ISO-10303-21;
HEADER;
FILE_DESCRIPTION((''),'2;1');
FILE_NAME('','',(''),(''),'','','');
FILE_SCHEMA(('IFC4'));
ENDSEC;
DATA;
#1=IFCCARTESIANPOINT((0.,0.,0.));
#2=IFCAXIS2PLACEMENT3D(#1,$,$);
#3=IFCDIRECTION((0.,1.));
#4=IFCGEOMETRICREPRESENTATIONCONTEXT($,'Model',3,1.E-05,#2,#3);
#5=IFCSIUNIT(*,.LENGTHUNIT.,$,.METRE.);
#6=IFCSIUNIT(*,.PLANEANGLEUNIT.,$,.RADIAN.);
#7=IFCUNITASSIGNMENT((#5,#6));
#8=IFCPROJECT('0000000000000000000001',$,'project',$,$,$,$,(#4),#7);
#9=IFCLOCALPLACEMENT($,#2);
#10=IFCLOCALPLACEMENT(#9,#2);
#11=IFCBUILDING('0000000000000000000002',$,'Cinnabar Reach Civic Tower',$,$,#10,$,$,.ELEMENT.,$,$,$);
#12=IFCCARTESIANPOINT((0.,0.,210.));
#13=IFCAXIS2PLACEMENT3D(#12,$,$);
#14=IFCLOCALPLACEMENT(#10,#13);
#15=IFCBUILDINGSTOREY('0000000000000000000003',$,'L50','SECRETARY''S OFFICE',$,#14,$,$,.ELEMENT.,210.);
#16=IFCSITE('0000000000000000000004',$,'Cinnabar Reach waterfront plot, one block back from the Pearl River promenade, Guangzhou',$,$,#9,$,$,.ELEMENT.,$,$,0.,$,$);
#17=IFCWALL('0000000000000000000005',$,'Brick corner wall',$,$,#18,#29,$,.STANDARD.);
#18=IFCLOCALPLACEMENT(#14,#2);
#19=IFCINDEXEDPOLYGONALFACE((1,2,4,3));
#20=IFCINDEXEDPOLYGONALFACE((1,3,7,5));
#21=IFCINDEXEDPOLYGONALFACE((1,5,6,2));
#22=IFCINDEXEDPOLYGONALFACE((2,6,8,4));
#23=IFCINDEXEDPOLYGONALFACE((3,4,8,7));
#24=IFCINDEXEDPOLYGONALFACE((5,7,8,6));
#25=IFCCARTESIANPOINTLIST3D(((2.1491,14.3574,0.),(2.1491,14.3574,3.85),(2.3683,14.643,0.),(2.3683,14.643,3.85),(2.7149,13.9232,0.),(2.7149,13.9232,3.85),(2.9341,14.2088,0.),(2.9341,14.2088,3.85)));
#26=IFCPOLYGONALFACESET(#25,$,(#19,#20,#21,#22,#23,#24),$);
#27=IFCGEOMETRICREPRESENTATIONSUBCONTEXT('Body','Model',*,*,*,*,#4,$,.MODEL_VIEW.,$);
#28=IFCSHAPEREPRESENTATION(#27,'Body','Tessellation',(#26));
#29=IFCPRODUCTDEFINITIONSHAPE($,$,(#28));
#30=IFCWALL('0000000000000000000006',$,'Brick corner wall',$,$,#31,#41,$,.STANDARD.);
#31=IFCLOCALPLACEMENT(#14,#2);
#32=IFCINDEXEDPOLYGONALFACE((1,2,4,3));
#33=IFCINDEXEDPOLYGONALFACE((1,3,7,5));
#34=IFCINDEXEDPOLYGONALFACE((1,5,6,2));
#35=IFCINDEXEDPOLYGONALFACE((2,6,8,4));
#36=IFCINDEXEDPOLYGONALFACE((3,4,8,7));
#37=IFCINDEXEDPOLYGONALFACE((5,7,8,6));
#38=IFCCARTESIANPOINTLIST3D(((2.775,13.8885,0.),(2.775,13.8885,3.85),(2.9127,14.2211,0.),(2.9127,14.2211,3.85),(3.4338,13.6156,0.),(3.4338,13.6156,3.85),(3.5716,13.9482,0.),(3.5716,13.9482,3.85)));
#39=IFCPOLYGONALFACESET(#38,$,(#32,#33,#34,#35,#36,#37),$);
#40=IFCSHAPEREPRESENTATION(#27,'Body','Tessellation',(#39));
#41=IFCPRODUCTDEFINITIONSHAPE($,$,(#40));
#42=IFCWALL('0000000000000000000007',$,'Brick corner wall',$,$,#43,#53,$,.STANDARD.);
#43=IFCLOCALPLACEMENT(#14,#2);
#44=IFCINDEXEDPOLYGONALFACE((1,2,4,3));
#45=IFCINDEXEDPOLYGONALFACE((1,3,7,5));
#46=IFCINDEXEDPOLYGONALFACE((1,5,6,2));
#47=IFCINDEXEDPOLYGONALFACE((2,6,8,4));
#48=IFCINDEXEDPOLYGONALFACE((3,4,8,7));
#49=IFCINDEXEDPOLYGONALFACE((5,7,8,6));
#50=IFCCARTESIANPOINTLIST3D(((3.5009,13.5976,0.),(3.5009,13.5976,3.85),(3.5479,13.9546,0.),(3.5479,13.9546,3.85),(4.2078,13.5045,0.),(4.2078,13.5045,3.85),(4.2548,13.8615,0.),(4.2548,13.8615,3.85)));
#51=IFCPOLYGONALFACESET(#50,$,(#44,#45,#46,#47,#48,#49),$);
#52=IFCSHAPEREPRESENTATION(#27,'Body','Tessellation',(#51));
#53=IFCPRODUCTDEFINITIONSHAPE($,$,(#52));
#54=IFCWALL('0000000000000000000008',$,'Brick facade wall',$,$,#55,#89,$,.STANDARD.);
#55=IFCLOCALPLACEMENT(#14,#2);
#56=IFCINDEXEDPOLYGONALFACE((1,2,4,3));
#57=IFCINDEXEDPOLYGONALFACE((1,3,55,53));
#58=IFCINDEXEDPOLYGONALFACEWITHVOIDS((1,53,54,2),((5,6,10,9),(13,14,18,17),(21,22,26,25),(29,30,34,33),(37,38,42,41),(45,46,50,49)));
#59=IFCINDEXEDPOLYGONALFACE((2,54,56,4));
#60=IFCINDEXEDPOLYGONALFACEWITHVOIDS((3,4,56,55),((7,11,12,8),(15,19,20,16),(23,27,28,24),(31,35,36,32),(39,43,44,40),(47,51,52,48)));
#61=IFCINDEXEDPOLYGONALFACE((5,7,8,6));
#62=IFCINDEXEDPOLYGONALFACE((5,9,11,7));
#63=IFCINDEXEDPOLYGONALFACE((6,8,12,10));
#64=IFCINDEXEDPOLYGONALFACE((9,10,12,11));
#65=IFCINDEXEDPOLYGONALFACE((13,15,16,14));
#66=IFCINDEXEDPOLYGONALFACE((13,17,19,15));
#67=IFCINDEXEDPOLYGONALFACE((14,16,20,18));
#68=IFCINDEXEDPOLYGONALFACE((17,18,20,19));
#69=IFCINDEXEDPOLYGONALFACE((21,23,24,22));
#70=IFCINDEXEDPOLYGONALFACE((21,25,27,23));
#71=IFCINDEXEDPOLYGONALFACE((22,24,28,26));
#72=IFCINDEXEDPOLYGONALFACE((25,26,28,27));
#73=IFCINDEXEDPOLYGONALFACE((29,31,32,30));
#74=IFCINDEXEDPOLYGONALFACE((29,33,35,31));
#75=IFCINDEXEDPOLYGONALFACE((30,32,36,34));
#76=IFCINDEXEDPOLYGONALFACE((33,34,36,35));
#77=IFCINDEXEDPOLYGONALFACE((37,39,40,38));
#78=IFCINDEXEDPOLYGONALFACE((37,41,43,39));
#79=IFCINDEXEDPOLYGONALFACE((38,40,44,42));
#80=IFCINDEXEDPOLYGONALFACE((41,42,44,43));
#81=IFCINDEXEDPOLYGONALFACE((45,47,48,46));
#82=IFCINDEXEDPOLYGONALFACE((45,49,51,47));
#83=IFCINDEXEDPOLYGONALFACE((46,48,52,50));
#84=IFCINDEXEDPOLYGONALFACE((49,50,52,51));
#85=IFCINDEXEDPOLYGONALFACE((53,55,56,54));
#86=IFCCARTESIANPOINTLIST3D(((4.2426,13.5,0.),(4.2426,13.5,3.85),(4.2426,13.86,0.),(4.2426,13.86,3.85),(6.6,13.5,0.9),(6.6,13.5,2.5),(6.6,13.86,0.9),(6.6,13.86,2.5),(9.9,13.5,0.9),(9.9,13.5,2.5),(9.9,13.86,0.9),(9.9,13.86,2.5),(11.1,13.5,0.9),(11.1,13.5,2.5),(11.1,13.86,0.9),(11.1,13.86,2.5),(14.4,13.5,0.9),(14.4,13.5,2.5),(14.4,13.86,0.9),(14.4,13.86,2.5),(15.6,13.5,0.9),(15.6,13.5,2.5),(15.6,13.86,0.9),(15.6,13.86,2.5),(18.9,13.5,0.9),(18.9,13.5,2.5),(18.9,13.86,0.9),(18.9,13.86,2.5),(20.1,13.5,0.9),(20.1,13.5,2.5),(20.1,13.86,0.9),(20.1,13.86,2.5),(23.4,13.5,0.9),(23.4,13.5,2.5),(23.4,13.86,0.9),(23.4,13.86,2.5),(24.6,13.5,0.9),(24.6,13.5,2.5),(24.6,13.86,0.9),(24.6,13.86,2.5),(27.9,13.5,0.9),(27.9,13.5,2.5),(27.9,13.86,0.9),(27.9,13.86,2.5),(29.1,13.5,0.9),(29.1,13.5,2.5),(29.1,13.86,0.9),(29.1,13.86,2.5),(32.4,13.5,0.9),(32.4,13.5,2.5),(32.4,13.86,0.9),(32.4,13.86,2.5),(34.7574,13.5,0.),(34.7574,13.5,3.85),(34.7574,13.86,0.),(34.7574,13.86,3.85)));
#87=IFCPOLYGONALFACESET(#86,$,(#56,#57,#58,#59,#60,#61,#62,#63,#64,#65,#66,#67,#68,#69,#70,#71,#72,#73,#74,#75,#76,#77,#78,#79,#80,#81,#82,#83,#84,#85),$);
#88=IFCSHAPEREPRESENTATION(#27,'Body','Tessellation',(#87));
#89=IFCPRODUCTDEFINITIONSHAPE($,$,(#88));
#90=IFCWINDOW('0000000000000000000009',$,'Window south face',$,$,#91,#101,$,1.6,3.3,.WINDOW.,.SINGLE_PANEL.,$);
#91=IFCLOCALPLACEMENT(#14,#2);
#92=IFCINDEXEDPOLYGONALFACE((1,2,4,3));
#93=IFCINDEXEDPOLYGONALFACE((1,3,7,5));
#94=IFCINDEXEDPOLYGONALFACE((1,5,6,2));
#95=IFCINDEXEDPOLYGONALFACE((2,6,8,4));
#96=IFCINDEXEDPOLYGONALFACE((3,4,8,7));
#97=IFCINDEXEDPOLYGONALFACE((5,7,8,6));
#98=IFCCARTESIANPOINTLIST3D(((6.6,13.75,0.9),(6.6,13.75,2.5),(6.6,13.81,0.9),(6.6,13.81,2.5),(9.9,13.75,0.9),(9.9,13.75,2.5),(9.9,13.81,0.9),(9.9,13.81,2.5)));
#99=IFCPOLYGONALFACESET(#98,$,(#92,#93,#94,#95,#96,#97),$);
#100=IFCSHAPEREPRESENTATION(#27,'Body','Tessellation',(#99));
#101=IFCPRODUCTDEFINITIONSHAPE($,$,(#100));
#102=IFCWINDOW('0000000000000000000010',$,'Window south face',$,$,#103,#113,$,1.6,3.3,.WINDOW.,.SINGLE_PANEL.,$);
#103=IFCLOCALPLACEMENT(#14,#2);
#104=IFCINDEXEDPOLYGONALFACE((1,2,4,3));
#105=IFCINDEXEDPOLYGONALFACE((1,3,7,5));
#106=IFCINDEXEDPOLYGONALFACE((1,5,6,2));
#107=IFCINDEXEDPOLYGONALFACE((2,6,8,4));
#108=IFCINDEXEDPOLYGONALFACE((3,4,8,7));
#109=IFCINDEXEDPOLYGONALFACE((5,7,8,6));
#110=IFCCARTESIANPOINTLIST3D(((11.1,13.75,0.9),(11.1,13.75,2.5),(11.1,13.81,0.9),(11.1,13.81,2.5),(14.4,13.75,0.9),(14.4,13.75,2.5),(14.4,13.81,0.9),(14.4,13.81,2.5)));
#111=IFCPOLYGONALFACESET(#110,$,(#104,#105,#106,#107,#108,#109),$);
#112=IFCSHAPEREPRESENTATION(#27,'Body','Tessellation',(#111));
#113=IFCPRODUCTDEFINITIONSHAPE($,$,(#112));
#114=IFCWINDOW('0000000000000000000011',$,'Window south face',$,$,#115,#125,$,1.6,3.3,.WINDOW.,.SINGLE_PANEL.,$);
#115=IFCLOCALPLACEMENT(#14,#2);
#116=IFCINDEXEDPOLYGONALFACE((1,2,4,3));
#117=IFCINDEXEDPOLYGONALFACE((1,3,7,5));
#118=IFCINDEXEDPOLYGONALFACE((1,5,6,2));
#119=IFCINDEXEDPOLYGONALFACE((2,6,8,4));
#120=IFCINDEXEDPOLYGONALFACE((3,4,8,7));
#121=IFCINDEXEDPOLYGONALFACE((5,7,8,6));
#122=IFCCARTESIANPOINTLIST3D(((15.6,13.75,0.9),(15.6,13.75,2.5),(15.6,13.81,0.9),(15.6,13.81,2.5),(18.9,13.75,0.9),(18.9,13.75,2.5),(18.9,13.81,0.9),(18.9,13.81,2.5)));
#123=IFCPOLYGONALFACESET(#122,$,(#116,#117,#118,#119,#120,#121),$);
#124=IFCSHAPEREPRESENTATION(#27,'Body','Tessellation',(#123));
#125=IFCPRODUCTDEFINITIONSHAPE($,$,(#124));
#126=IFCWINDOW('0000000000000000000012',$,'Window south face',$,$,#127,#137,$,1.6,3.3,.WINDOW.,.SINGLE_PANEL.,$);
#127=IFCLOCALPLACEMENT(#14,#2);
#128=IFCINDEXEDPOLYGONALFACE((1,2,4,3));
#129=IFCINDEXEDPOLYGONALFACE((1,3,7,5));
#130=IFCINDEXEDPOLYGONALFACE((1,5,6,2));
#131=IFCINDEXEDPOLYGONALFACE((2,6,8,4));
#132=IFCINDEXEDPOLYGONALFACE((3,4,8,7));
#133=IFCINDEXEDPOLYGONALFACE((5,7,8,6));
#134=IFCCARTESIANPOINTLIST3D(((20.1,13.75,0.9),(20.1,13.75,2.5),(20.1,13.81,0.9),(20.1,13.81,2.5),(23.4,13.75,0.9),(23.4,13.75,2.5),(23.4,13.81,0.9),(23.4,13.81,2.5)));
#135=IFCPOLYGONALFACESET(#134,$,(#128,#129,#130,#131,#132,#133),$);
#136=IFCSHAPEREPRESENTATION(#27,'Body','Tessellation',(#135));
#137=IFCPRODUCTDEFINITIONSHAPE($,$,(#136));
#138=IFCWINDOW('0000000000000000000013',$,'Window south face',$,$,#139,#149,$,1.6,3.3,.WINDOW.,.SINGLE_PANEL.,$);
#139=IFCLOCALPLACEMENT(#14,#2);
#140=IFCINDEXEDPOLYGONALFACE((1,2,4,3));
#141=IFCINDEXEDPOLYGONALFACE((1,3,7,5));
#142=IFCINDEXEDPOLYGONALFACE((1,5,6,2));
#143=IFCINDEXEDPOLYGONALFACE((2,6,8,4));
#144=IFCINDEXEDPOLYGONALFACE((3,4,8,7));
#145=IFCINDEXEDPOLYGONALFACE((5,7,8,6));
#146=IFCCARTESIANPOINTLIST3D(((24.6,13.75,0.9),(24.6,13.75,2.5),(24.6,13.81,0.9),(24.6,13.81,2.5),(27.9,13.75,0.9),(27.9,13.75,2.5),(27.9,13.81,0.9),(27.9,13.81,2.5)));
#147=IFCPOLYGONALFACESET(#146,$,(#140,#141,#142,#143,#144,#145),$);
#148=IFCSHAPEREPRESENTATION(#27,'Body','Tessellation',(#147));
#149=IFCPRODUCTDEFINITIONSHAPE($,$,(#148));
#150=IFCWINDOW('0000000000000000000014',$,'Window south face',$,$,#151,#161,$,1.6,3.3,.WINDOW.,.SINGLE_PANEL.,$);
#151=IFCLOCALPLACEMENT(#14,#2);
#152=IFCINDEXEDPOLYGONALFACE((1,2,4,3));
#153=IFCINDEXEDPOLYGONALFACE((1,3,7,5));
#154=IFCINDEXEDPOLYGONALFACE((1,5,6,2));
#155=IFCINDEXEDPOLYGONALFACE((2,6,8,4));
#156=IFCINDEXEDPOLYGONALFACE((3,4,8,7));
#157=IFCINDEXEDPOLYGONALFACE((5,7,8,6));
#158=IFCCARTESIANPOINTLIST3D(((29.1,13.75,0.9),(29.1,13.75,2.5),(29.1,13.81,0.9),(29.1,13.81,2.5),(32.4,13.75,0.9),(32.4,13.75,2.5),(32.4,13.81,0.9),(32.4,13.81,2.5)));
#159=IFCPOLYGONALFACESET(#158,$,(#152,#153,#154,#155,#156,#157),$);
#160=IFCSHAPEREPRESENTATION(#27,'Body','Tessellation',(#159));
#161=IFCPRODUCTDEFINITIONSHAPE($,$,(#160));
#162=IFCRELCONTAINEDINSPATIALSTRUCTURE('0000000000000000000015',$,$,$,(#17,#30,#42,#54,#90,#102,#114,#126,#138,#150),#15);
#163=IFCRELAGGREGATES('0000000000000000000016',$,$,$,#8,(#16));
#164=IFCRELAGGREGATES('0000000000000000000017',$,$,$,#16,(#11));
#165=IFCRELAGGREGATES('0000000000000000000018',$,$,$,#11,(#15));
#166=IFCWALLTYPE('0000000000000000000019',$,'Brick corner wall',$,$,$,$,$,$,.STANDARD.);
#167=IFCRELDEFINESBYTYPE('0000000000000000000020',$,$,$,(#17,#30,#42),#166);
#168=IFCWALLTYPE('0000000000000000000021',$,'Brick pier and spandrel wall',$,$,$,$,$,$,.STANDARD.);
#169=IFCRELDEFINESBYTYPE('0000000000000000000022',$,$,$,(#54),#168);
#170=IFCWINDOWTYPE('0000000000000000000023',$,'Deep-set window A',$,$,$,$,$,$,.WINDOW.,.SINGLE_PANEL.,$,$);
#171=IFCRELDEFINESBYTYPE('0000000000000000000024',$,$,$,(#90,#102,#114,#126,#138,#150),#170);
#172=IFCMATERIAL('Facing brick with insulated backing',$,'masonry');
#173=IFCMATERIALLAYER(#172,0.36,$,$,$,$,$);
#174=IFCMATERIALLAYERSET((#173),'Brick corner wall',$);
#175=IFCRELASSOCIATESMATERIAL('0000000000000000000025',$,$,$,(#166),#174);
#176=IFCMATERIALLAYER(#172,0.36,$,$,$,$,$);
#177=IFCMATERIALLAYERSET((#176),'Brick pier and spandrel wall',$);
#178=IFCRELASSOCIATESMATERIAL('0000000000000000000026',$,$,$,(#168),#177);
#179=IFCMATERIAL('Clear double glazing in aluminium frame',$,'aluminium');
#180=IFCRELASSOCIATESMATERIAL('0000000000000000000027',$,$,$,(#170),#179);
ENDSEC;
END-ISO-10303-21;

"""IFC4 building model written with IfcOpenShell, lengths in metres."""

from ifc_helpers import new_model, si_unit, direction, frame, frame_2d, origin, place, context, subcontext, project, spatial, rectangle, extrude, material, layer, layer_set, type_object, element, fill, save


model = new_model("IFC4")

# Units and contexts
model_context = context("Model", 3, precision=1e-05, world=origin(), true_north=direction((0.0, 1.0)))
body_context = subcontext(model_context, "Body", "Model", "MODEL_VIEW")
ifc_project = project(units=[si_unit("LENGTHUNIT", "METRE"), si_unit("PLANEANGLEUNIT", "RADIAN")], contexts=[model_context])

# Site, building, storey
site_placement = place(None, origin())
site = spatial("IfcSite", under=ifc_project, at=site_placement, Name="Cinnabar Reach waterfront plot, one block back from the Pearl River promenade, Guangzhou", CompositionType="ELEMENT", RefElevation=0.0)
building_placement = place(site_placement, origin())
building = spatial("IfcBuilding", under=site, at=building_placement, Name="Cinnabar Reach Civic Tower", CompositionType="ELEMENT")
storey_placement = place(building_placement, frame((0.0, 0.0, 210.0)))
storey = spatial("IfcBuildingStorey", under=building, at=storey_placement, Name="L50", Description="SECRETARY'S OFFICE", CompositionType="ELEMENT", Elevation=210.0)

# Walls
ifc_material_1 = material(Name="Facing brick with insulated backing", Category="masonry")
ifc_layer_1 = layer(ifc_material_1, 0.36)
ifc_layer_set_1 = layer_set([ifc_layer_1], Name="Brick corner wall")
wall_type_1 = type_object("IfcWallType", Name="Brick corner wall", PredefinedType="STANDARD", material=ifc_layer_set_1)
wall_1_placement = place(storey_placement, frame((2.2587, 14.5002, 0.0), z_axis=(0.0, 0.0, 1.0), x_axis=(0.793322, -0.608802, 0.0)))
element("IfcWall", 1, at=wall_1_placement, inside=storey, type_object=wall_type_1, Name="Brick corner wall", PredefinedType="STANDARD", context=body_context, shape_type="SweptSolid", body=[
    extrude(rectangle(XDim=0.7132, YDim=0.36, at=frame_2d((0.3566, 0.0))), origin(), (0.0, 0.0, 1.0), 3.85),
])
for number, where, z_axis, x_axis, name in (
    (2, (2.8439, 14.0548, 0.0), (0.0, 0.0, 1.0), (0.923872, -0.382703, 0.0), "Brick corner wall"),
    (3, (3.5244, 13.7761, 0.0), (0.0, 0.0, 1.0), (0.991441, -0.130556, 0.0), "Brick corner wall"),
):
    element("IfcWall", number, at=place(storey_placement, frame(where, z_axis=z_axis, x_axis=x_axis)), inside=storey, type_object=wall_type_1, Name=name, PredefinedType="STANDARD", context=body_context, shape_type="SweptSolid", body=[
        extrude(rectangle(XDim=0.7131, YDim=0.36, at=frame_2d((0.3565, 0.0))), origin(), (0.0, 0.0, 1.0), 3.85),
    ])

# Wall, openings, windows
ifc_layer_2 = layer(ifc_material_1, 0.36)
ifc_layer_set_2 = layer_set([ifc_layer_2], Name="Brick pier and spandrel wall")
wall_type_2 = type_object("IfcWallType", Name="Brick pier and spandrel wall", PredefinedType="STANDARD", material=ifc_layer_set_2)
wall_2_placement = place(storey_placement, frame((4.2426, 13.68, 0.0), z_axis=(0.0, 0.0, 1.0), x_axis=(1.0, 0.0, 0.0)))
wall_2 = element("IfcWall", 4, at=wall_2_placement, inside=storey, type_object=wall_type_2, Name="Brick facade wall", PredefinedType="STANDARD", context=body_context, shape_type="SweptSolid", body=[
    extrude(rectangle(XDim=30.5148, YDim=0.36, at=frame_2d((15.2574, 0.0))), origin(), (0.0, 0.0, 1.0), 3.85),
])
opening_1_placement = place(wall_2_placement, frame((2.3574, 0.0, 0.9)))
opening_1 = element("IfcOpeningElement", 5, at=opening_1_placement, cuts=wall_2, PredefinedType="OPENING", context=body_context, shape_type="SweptSolid", body=[
    extrude(rectangle(XDim=3.3, YDim=1.6, at=frame_2d((1.65, 0.8))), frame((0.0, 0.19, 0.0), z_axis=(0.0, -1.0, 0.0), x_axis=(1.0, 0.0, 0.0)), (0.0, 0.0, 1.0), 0.38),
])
opening_2_placement = place(wall_2_placement, frame((6.8574, 0.0, 0.9)))
opening_2 = element("IfcOpeningElement", 6, at=opening_2_placement, cuts=wall_2, PredefinedType="OPENING", context=body_context, shape_type="SweptSolid", body=[
    extrude(rectangle(XDim=3.3, YDim=1.6, at=frame_2d((1.65, 0.8))), frame((0.0, 0.19, 0.0), z_axis=(0.0, -1.0, 0.0), x_axis=(1.0, 0.0, 0.0)), (0.0, 0.0, 1.0), 0.38),
])
opening_3_placement = place(wall_2_placement, frame((11.3574, 0.0, 0.9)))
opening_3 = element("IfcOpeningElement", 7, at=opening_3_placement, cuts=wall_2, PredefinedType="OPENING", context=body_context, shape_type="SweptSolid", body=[
    extrude(rectangle(XDim=3.3, YDim=1.6, at=frame_2d((1.65, 0.8))), frame((0.0, 0.19, 0.0), z_axis=(0.0, -1.0, 0.0), x_axis=(1.0, 0.0, 0.0)), (0.0, 0.0, 1.0), 0.38),
])
opening_4_placement = place(wall_2_placement, frame((15.8574, 0.0, 0.9)))
opening_4 = element("IfcOpeningElement", 8, at=opening_4_placement, cuts=wall_2, PredefinedType="OPENING", context=body_context, shape_type="SweptSolid", body=[
    extrude(rectangle(XDim=3.3, YDim=1.6, at=frame_2d((1.65, 0.8))), frame((0.0, 0.19, 0.0), z_axis=(0.0, -1.0, 0.0), x_axis=(1.0, 0.0, 0.0)), (0.0, 0.0, 1.0), 0.38),
])
opening_5_placement = place(wall_2_placement, frame((20.3574, 0.0, 0.9)))
opening_5 = element("IfcOpeningElement", 9, at=opening_5_placement, cuts=wall_2, PredefinedType="OPENING", context=body_context, shape_type="SweptSolid", body=[
    extrude(rectangle(XDim=3.3, YDim=1.6, at=frame_2d((1.65, 0.8))), frame((0.0, 0.19, 0.0), z_axis=(0.0, -1.0, 0.0), x_axis=(1.0, 0.0, 0.0)), (0.0, 0.0, 1.0), 0.38),
])
opening_6_placement = place(wall_2_placement, frame((24.8574, 0.0, 0.9)))
opening_6 = element("IfcOpeningElement", 10, at=opening_6_placement, cuts=wall_2, PredefinedType="OPENING", context=body_context, shape_type="SweptSolid", body=[
    extrude(rectangle(XDim=3.3, YDim=1.6, at=frame_2d((1.65, 0.8))), frame((0.0, 0.19, 0.0), z_axis=(0.0, -1.0, 0.0), x_axis=(1.0, 0.0, 0.0)), (0.0, 0.0, 1.0), 0.38),
])
ifc_material_2 = material(Name="Clear double glazing in aluminium frame", Category="aluminium")
window_type = type_object("IfcWindowType", Name="Deep-set window A", PartitioningType="SINGLE_PANEL", PredefinedType="WINDOW", material=ifc_material_2)
window_1_placement = place(opening_1_placement, origin())
window_1 = element("IfcWindow", 11, at=window_1_placement, inside=storey, type_object=window_type, Name="Window south face", OverallHeight=1.6, OverallWidth=3.3, PartitioningType="SINGLE_PANEL", PredefinedType="WINDOW", context=body_context, shape_type="SweptSolid", body=[
    extrude(rectangle(XDim=3.3, YDim=1.6, at=frame_2d((1.65, 0.8))), frame((0.0, 0.13, 0.0), z_axis=(0.0, -1.0, 0.0), x_axis=(1.0, 0.0, 0.0)), (0.0, 0.0, 1.0), 0.06),
])
fill(opening_1, window_1)
window_2_placement = place(opening_2_placement, origin())
window_2 = element("IfcWindow", 12, at=window_2_placement, inside=storey, type_object=window_type, Name="Window south face", OverallHeight=1.6, OverallWidth=3.3, PartitioningType="SINGLE_PANEL", PredefinedType="WINDOW", context=body_context, shape_type="SweptSolid", body=[
    extrude(rectangle(XDim=3.3, YDim=1.6, at=frame_2d((1.65, 0.8))), frame((0.0, 0.13, 0.0), z_axis=(0.0, -1.0, 0.0), x_axis=(1.0, 0.0, 0.0)), (0.0, 0.0, 1.0), 0.06),
])
fill(opening_2, window_2)
window_3_placement = place(opening_3_placement, origin())
window_3 = element("IfcWindow", 13, at=window_3_placement, inside=storey, type_object=window_type, Name="Window south face", OverallHeight=1.6, OverallWidth=3.3, PartitioningType="SINGLE_PANEL", PredefinedType="WINDOW", context=body_context, shape_type="SweptSolid", body=[
    extrude(rectangle(XDim=3.3, YDim=1.6, at=frame_2d((1.65, 0.8))), frame((0.0, 0.13, 0.0), z_axis=(0.0, -1.0, 0.0), x_axis=(1.0, 0.0, 0.0)), (0.0, 0.0, 1.0), 0.06),
])
fill(opening_3, window_3)
window_4_placement = place(opening_4_placement, origin())
window_4 = element("IfcWindow", 14, at=window_4_placement, inside=storey, type_object=window_type, Name="Window south face", OverallHeight=1.6, OverallWidth=3.3, PartitioningType="SINGLE_PANEL", PredefinedType="WINDOW", context=body_context, shape_type="SweptSolid", body=[
    extrude(rectangle(XDim=3.3, YDim=1.6, at=frame_2d((1.65, 0.8))), frame((0.0, 0.13, 0.0), z_axis=(0.0, -1.0, 0.0), x_axis=(1.0, 0.0, 0.0)), (0.0, 0.0, 1.0), 0.06),
])
fill(opening_4, window_4)
window_5_placement = place(opening_5_placement, origin())
window_5 = element("IfcWindow", 15, at=window_5_placement, inside=storey, type_object=window_type, Name="Window south face", OverallHeight=1.6, OverallWidth=3.3, PartitioningType="SINGLE_PANEL", PredefinedType="WINDOW", context=body_context, shape_type="SweptSolid", body=[
    extrude(rectangle(XDim=3.3, YDim=1.6, at=frame_2d((1.65, 0.8))), frame((0.0, 0.13, 0.0), z_axis=(0.0, -1.0, 0.0), x_axis=(1.0, 0.0, 0.0)), (0.0, 0.0, 1.0), 0.06),
])
fill(opening_5, window_5)
window_6_placement = place(opening_6_placement, origin())
window_6 = element("IfcWindow", 16, at=window_6_placement, inside=storey, type_object=window_type, Name="Window south face", OverallHeight=1.6, OverallWidth=3.3, PartitioningType="SINGLE_PANEL", PredefinedType="WINDOW", context=body_context, shape_type="SweptSolid", body=[
    extrude(rectangle(XDim=3.3, YDim=1.6, at=frame_2d((1.65, 0.8))), frame((0.0, 0.13, 0.0), z_axis=(0.0, -1.0, 0.0), x_axis=(1.0, 0.0, 0.0)), (0.0, 0.0, 1.0), 0.06),
])
fill(opening_6, window_6)

save(model, "model.ifc")
